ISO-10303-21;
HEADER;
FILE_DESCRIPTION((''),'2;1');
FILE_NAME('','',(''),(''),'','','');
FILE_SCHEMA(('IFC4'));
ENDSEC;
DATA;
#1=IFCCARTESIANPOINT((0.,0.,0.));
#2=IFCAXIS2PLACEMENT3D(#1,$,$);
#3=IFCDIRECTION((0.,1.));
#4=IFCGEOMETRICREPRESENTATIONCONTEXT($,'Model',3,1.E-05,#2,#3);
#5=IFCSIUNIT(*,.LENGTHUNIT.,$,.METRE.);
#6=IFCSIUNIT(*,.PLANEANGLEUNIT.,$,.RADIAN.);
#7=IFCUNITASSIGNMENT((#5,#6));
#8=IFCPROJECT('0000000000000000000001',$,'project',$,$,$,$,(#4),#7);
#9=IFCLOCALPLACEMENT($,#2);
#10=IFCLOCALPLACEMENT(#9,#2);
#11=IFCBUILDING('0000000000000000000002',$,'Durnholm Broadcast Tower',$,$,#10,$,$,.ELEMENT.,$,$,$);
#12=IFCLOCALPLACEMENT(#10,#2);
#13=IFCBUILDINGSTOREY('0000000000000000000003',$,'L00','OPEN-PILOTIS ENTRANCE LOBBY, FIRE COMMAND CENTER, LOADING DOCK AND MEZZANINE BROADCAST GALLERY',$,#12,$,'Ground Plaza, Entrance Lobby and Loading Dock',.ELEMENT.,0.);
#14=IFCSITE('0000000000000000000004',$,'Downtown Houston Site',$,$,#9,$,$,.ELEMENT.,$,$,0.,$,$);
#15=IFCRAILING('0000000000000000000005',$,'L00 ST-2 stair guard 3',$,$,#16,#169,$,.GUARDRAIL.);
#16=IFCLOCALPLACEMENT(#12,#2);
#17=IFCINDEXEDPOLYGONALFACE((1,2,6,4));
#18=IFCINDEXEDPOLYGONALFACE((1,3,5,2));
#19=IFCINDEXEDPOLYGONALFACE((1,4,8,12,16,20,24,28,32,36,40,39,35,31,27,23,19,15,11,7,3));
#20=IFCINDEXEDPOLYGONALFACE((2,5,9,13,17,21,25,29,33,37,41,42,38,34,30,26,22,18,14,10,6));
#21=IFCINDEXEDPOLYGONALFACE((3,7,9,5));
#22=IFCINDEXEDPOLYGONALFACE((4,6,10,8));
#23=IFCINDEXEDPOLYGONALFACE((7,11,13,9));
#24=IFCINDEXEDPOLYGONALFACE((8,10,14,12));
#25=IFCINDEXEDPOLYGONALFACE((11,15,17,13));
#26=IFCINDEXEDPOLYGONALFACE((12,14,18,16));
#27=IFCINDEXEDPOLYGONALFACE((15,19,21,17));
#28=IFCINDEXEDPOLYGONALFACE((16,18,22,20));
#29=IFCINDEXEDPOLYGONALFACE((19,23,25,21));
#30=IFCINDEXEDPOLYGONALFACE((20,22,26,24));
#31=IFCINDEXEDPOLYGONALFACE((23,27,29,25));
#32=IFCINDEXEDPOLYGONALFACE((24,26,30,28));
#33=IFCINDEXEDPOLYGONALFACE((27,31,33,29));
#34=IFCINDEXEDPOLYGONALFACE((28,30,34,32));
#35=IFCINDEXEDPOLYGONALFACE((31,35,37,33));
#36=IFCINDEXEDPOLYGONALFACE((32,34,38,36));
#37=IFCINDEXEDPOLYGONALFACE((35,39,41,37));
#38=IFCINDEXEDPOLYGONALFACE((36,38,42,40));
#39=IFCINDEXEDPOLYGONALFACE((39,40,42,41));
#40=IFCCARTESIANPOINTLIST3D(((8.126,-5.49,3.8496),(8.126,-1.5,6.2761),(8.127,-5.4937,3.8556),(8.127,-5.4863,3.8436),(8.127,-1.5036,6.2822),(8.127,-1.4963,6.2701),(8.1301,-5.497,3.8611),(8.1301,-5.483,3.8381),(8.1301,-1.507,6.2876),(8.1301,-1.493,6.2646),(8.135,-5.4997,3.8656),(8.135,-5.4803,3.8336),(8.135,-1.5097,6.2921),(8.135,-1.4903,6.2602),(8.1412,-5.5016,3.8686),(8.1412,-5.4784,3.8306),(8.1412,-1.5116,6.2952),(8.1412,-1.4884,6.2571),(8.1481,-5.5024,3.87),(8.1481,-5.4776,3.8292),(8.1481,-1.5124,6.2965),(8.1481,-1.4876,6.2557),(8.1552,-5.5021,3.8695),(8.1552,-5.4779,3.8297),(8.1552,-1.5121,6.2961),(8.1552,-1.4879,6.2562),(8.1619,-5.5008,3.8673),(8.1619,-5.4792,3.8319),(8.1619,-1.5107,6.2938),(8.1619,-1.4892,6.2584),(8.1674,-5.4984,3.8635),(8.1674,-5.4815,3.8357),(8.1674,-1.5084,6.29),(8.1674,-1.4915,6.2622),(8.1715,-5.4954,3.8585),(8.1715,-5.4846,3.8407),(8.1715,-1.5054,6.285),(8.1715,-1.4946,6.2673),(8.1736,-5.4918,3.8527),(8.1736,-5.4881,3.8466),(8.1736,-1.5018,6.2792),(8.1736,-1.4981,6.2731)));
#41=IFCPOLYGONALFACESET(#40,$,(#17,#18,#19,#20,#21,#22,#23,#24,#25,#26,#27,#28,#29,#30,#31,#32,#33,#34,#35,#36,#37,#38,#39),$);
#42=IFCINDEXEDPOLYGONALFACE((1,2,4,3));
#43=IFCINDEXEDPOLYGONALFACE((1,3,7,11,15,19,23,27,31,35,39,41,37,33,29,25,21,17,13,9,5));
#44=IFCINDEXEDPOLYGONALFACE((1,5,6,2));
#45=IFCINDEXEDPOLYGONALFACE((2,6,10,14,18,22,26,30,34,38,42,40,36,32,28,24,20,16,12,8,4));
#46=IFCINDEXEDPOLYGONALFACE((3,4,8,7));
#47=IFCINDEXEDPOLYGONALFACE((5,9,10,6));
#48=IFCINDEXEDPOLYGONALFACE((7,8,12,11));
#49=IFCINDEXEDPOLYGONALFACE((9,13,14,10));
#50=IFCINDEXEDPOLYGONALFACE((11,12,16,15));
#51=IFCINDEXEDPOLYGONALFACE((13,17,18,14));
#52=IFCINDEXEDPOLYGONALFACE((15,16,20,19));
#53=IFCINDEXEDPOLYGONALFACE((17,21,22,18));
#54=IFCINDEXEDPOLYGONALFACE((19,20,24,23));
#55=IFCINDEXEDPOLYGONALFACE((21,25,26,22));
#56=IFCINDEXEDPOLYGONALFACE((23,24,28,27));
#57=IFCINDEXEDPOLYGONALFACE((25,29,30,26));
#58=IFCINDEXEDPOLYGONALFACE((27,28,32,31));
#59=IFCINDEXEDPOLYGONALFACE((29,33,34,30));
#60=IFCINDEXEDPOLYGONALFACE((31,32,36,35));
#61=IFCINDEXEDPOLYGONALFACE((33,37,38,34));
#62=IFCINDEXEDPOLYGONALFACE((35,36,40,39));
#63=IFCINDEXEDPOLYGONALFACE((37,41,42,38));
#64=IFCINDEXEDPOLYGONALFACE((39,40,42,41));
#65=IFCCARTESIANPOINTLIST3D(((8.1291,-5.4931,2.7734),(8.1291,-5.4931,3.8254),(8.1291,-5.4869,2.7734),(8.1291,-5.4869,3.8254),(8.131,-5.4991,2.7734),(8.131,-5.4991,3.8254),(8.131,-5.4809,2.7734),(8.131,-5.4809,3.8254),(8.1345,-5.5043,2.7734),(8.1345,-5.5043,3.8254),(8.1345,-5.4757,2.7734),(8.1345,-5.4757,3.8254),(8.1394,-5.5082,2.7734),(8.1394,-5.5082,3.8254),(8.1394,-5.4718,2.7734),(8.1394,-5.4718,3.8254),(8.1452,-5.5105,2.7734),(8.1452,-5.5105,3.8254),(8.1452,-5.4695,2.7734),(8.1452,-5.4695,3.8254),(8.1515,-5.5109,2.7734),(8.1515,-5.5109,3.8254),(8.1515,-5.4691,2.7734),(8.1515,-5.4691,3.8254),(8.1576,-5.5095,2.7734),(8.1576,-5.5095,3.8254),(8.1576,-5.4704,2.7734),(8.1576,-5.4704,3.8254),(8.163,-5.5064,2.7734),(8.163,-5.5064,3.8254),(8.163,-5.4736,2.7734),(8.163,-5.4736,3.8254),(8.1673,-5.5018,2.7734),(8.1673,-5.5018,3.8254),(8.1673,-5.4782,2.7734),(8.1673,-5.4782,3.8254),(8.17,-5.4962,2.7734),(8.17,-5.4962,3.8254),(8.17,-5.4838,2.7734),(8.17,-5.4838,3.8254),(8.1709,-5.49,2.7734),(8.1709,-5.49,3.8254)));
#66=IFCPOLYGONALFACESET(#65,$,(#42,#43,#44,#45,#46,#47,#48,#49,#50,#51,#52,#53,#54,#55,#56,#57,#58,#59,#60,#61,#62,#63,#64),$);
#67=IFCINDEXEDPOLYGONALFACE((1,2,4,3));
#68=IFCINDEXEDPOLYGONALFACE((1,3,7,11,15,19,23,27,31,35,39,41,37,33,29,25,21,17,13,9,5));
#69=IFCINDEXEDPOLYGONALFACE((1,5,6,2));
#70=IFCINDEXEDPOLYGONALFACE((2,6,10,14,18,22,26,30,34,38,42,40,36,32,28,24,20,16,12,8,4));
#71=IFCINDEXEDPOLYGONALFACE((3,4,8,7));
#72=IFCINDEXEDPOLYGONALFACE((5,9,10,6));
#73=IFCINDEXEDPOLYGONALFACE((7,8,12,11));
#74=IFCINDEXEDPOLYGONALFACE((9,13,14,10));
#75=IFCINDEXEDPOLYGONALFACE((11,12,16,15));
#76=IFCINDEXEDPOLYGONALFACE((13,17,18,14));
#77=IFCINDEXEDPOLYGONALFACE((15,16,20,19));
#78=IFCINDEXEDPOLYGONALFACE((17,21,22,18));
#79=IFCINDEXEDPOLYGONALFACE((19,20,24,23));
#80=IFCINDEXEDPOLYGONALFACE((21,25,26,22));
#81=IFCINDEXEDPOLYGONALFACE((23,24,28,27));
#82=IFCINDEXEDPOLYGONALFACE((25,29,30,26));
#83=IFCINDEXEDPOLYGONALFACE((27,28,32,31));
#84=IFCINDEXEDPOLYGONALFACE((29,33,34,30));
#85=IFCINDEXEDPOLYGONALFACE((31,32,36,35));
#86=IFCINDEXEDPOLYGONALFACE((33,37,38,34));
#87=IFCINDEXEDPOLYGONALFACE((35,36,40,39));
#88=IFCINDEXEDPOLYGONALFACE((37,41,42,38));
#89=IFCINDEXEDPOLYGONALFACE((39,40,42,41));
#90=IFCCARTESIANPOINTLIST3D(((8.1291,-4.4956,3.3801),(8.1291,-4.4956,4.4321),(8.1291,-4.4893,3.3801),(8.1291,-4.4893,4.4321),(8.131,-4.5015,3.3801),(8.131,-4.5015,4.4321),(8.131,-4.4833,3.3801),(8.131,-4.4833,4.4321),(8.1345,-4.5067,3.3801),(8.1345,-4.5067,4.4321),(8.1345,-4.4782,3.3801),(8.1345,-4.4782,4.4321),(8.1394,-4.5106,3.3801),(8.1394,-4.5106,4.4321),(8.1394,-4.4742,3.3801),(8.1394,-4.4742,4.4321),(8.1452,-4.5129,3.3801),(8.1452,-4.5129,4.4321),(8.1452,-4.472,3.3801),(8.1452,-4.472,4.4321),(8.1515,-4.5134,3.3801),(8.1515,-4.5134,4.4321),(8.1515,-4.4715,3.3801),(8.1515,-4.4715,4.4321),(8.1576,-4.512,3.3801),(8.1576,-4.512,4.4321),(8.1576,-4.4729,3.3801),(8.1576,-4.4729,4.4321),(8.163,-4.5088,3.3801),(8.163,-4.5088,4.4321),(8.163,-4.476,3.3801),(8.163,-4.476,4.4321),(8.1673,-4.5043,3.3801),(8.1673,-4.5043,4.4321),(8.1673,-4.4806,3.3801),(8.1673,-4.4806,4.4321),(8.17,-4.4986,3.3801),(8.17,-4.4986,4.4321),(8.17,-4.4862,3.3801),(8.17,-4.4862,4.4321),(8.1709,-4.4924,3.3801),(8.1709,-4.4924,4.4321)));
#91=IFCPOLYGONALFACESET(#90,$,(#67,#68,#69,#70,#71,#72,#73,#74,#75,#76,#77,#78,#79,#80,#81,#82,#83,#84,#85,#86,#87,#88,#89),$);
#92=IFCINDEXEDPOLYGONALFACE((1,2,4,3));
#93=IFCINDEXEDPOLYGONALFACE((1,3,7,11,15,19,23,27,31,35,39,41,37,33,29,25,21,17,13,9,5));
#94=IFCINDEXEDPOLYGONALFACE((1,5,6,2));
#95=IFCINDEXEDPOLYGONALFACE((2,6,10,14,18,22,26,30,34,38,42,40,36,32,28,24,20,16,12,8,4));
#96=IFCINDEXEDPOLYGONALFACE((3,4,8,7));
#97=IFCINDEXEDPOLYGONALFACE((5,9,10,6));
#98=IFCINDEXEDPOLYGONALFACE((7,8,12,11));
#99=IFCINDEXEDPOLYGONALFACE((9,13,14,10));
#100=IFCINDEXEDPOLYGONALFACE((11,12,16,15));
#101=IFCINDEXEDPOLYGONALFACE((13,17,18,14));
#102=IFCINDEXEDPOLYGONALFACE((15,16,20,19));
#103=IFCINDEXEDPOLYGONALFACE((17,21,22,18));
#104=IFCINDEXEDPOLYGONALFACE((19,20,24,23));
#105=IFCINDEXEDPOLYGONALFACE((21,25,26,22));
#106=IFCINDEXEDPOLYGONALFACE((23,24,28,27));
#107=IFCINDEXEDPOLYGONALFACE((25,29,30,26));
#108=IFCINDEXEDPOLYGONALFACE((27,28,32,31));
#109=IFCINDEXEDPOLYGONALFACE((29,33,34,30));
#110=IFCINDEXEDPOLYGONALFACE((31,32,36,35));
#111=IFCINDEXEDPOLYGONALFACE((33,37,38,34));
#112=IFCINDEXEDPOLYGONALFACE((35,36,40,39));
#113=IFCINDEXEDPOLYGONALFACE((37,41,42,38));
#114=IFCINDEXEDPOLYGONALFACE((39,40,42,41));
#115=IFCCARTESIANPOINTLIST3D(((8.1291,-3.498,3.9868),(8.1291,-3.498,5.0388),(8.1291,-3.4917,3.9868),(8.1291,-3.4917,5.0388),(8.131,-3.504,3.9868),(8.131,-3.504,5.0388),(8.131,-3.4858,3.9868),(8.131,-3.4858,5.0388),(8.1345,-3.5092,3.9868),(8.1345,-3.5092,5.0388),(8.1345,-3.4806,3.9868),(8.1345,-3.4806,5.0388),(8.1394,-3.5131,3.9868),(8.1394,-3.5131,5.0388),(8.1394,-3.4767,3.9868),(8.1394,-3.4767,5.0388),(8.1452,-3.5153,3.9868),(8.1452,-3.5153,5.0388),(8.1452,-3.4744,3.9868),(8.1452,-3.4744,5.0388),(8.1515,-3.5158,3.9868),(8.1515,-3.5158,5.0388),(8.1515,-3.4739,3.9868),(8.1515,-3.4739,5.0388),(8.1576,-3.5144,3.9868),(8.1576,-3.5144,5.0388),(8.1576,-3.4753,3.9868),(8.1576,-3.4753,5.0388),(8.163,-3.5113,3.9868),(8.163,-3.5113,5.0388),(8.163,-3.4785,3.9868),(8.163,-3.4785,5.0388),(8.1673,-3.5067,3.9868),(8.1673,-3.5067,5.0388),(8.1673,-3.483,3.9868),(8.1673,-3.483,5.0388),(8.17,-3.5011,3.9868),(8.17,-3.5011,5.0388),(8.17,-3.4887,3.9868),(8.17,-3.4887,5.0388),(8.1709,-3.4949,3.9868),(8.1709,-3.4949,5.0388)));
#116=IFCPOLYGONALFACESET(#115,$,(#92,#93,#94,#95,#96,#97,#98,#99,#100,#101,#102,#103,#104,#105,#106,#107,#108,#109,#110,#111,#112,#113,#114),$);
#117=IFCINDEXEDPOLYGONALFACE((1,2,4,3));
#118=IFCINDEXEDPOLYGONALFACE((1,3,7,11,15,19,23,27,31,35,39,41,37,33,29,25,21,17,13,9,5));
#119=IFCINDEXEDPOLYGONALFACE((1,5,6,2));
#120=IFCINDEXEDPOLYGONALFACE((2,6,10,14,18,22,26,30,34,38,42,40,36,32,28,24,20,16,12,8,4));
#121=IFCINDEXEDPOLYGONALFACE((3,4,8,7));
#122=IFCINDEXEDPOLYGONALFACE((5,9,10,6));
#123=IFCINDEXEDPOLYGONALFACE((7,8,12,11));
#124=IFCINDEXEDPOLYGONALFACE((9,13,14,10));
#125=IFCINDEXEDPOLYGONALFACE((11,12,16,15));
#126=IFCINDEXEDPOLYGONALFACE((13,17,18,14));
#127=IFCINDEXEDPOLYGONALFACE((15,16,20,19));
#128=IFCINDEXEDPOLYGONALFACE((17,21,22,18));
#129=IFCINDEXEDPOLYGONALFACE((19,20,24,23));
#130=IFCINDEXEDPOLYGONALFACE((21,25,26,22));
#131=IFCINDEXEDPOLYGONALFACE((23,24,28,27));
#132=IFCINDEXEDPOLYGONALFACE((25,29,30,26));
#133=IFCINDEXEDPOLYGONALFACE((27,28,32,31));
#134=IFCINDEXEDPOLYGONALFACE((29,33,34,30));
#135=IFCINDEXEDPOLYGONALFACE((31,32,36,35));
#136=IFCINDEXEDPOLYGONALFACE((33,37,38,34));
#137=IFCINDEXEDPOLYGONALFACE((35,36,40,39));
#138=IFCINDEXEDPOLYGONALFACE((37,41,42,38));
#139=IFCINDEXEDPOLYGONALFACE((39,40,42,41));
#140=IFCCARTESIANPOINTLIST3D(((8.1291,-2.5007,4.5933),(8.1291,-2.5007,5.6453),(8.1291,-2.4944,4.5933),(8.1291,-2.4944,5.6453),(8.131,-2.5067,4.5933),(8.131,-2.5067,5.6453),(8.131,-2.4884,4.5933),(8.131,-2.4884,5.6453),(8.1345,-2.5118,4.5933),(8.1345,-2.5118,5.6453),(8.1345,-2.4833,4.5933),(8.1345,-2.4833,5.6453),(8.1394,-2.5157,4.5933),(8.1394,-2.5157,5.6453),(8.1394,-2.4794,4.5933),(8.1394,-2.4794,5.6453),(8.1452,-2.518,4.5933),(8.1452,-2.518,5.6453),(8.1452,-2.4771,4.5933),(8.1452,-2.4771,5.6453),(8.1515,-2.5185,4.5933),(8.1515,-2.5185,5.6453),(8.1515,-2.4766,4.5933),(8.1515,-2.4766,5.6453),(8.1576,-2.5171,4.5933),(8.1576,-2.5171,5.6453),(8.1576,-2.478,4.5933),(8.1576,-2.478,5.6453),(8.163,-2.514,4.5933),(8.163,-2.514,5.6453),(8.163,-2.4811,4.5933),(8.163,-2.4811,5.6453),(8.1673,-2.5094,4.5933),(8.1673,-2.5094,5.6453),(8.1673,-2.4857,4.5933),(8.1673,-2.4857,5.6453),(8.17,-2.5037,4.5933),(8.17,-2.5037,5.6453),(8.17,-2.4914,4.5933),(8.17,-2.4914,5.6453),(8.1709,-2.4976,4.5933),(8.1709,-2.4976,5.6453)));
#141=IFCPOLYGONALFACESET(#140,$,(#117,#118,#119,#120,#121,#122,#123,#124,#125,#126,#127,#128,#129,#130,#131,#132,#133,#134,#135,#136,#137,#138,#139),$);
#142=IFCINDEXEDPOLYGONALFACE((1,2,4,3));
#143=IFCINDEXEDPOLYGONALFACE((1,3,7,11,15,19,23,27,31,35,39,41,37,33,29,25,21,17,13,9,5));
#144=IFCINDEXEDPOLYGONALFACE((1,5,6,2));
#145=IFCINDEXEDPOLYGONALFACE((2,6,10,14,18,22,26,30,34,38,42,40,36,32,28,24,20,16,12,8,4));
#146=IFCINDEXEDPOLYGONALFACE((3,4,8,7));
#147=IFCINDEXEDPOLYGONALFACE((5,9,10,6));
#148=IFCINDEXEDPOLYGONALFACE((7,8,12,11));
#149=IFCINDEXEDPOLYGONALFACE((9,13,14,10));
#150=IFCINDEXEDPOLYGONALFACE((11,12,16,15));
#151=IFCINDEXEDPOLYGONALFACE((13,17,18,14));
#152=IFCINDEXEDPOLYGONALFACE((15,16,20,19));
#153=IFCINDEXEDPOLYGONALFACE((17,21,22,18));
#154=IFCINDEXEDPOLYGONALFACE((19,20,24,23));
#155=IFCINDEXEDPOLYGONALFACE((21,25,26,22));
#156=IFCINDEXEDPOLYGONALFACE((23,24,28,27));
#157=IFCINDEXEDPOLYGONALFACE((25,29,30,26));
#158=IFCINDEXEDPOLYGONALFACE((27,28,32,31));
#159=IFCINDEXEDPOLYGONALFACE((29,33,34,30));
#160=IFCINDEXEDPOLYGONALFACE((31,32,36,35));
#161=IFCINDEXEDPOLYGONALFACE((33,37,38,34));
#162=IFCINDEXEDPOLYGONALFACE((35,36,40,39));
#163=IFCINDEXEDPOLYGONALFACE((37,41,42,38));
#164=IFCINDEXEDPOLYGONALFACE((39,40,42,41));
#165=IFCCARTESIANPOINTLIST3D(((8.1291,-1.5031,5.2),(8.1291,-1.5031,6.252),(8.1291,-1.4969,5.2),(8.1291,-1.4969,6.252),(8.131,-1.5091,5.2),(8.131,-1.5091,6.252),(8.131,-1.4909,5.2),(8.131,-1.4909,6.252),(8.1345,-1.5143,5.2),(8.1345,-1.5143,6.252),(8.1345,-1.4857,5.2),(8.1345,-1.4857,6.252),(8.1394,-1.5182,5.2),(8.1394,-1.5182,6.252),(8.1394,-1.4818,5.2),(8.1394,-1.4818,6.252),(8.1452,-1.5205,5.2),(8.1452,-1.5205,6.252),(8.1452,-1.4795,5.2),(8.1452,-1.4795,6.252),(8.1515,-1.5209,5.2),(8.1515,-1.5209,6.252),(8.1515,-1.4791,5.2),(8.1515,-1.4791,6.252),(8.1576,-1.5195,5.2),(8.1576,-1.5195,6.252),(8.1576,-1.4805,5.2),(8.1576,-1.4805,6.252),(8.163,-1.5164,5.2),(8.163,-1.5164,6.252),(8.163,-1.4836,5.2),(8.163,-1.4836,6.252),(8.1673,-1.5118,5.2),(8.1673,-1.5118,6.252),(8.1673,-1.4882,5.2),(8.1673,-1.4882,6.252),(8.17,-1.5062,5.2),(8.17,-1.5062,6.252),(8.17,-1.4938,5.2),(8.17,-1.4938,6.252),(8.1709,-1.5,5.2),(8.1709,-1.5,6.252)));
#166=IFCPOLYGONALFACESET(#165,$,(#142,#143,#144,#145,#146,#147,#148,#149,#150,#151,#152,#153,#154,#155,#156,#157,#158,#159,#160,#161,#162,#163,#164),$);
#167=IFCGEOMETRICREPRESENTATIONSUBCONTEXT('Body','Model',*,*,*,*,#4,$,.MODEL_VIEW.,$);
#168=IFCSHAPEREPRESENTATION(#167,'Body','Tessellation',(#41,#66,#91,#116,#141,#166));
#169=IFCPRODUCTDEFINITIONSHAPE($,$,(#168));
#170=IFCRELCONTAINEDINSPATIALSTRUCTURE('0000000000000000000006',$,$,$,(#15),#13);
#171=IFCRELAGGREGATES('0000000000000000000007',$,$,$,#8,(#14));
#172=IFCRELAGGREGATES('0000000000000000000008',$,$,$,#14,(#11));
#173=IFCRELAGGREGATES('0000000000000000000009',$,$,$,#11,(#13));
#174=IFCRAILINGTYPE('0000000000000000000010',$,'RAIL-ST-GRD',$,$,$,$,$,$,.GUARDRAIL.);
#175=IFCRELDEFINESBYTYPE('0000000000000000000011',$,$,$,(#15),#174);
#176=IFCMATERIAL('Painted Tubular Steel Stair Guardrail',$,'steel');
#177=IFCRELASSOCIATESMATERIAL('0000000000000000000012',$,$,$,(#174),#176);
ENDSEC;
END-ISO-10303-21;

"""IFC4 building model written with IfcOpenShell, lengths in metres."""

from ifc_helpers import new_model, si_unit, direction, frame, origin, origin_2d, place, context, subcontext, project, spatial, circle, extrude, material, type_object, element, save


model = new_model("IFC4")

# Units and contexts
model_context = context("Model", 3, precision=1e-05, world=origin(), true_north=direction((0.0, 1.0)))
body_context = subcontext(model_context, "Body", "Model", "MODEL_VIEW")
ifc_project = project(units=[si_unit("LENGTHUNIT", "METRE"), si_unit("PLANEANGLEUNIT", "RADIAN")], contexts=[model_context])

# Site, building, storey
site_placement = place(None, origin())
site = spatial("IfcSite", under=ifc_project, at=site_placement, Name="Downtown Houston Site", CompositionType="ELEMENT", RefElevation=0.0)
building_placement = place(site_placement, origin())
building = spatial("IfcBuilding", under=site, at=building_placement, Name="Durnholm Broadcast Tower", CompositionType="ELEMENT")
storey_placement = place(building_placement, origin())
storey = spatial("IfcBuildingStorey", under=building, at=storey_placement, Name="L00", Description="OPEN-PILOTIS ENTRANCE LOBBY, FIRE COMMAND CENTER, LOADING DOCK AND MEZZANINE BROADCAST GALLERY", LongName="Ground Plaza, Entrance Lobby and Loading Dock", CompositionType="ELEMENT", Elevation=0.0)

# Railing
ifc_material_1 = material(Name="Painted Tubular Steel Stair Guardrail", Category="steel")
railing_type_1 = type_object("IfcRailingType", Name="RAIL-ST-GRD", PredefinedType="GUARDRAIL", material=ifc_material_1)
railing_1_placement = place(storey_placement, frame((8.1499, -5.49, 2.7734)))
element("IfcRailing", 1, at=railing_1_placement, inside=storey, type_object=railing_type_1, Name="L00 ST-2 stair guard 3", PredefinedType="GUARDRAIL", context=body_context, shape_type="SweptSolid", body=[
    extrude(circle(Radius=0.0239, at=origin_2d()), frame((0.0, 0.0, 1.0762), z_axis=(0.0, 0.854405, 0.519607), x_axis=(-1.0, 0.0, 0.0)), (0.0, 0.0, 1.0), 4.6699),
    extrude(circle(Radius=0.021, at=origin_2d()), origin(), (0.0, 0.0, 1.0), 1.052),
    extrude(circle(Radius=0.021, at=origin_2d()), frame((0.0, 0.9976, 0.6067)), (0.0, 0.0, 1.0), 1.052),
    extrude(circle(Radius=0.021, at=origin_2d()), frame((0.0, 1.9951, 1.2134)), (0.0, 0.0, 1.0), 1.052),
    extrude(circle(Radius=0.021, at=origin_2d()), frame((0.0, 2.9924, 1.8198)), (0.0, 0.0, 1.0), 1.052),
    extrude(circle(Radius=0.021, at=origin_2d()), frame((0.0, 3.99, 2.4265)), (0.0, 0.0, 1.0), 1.052),
])

save(model, "model.ifc")
